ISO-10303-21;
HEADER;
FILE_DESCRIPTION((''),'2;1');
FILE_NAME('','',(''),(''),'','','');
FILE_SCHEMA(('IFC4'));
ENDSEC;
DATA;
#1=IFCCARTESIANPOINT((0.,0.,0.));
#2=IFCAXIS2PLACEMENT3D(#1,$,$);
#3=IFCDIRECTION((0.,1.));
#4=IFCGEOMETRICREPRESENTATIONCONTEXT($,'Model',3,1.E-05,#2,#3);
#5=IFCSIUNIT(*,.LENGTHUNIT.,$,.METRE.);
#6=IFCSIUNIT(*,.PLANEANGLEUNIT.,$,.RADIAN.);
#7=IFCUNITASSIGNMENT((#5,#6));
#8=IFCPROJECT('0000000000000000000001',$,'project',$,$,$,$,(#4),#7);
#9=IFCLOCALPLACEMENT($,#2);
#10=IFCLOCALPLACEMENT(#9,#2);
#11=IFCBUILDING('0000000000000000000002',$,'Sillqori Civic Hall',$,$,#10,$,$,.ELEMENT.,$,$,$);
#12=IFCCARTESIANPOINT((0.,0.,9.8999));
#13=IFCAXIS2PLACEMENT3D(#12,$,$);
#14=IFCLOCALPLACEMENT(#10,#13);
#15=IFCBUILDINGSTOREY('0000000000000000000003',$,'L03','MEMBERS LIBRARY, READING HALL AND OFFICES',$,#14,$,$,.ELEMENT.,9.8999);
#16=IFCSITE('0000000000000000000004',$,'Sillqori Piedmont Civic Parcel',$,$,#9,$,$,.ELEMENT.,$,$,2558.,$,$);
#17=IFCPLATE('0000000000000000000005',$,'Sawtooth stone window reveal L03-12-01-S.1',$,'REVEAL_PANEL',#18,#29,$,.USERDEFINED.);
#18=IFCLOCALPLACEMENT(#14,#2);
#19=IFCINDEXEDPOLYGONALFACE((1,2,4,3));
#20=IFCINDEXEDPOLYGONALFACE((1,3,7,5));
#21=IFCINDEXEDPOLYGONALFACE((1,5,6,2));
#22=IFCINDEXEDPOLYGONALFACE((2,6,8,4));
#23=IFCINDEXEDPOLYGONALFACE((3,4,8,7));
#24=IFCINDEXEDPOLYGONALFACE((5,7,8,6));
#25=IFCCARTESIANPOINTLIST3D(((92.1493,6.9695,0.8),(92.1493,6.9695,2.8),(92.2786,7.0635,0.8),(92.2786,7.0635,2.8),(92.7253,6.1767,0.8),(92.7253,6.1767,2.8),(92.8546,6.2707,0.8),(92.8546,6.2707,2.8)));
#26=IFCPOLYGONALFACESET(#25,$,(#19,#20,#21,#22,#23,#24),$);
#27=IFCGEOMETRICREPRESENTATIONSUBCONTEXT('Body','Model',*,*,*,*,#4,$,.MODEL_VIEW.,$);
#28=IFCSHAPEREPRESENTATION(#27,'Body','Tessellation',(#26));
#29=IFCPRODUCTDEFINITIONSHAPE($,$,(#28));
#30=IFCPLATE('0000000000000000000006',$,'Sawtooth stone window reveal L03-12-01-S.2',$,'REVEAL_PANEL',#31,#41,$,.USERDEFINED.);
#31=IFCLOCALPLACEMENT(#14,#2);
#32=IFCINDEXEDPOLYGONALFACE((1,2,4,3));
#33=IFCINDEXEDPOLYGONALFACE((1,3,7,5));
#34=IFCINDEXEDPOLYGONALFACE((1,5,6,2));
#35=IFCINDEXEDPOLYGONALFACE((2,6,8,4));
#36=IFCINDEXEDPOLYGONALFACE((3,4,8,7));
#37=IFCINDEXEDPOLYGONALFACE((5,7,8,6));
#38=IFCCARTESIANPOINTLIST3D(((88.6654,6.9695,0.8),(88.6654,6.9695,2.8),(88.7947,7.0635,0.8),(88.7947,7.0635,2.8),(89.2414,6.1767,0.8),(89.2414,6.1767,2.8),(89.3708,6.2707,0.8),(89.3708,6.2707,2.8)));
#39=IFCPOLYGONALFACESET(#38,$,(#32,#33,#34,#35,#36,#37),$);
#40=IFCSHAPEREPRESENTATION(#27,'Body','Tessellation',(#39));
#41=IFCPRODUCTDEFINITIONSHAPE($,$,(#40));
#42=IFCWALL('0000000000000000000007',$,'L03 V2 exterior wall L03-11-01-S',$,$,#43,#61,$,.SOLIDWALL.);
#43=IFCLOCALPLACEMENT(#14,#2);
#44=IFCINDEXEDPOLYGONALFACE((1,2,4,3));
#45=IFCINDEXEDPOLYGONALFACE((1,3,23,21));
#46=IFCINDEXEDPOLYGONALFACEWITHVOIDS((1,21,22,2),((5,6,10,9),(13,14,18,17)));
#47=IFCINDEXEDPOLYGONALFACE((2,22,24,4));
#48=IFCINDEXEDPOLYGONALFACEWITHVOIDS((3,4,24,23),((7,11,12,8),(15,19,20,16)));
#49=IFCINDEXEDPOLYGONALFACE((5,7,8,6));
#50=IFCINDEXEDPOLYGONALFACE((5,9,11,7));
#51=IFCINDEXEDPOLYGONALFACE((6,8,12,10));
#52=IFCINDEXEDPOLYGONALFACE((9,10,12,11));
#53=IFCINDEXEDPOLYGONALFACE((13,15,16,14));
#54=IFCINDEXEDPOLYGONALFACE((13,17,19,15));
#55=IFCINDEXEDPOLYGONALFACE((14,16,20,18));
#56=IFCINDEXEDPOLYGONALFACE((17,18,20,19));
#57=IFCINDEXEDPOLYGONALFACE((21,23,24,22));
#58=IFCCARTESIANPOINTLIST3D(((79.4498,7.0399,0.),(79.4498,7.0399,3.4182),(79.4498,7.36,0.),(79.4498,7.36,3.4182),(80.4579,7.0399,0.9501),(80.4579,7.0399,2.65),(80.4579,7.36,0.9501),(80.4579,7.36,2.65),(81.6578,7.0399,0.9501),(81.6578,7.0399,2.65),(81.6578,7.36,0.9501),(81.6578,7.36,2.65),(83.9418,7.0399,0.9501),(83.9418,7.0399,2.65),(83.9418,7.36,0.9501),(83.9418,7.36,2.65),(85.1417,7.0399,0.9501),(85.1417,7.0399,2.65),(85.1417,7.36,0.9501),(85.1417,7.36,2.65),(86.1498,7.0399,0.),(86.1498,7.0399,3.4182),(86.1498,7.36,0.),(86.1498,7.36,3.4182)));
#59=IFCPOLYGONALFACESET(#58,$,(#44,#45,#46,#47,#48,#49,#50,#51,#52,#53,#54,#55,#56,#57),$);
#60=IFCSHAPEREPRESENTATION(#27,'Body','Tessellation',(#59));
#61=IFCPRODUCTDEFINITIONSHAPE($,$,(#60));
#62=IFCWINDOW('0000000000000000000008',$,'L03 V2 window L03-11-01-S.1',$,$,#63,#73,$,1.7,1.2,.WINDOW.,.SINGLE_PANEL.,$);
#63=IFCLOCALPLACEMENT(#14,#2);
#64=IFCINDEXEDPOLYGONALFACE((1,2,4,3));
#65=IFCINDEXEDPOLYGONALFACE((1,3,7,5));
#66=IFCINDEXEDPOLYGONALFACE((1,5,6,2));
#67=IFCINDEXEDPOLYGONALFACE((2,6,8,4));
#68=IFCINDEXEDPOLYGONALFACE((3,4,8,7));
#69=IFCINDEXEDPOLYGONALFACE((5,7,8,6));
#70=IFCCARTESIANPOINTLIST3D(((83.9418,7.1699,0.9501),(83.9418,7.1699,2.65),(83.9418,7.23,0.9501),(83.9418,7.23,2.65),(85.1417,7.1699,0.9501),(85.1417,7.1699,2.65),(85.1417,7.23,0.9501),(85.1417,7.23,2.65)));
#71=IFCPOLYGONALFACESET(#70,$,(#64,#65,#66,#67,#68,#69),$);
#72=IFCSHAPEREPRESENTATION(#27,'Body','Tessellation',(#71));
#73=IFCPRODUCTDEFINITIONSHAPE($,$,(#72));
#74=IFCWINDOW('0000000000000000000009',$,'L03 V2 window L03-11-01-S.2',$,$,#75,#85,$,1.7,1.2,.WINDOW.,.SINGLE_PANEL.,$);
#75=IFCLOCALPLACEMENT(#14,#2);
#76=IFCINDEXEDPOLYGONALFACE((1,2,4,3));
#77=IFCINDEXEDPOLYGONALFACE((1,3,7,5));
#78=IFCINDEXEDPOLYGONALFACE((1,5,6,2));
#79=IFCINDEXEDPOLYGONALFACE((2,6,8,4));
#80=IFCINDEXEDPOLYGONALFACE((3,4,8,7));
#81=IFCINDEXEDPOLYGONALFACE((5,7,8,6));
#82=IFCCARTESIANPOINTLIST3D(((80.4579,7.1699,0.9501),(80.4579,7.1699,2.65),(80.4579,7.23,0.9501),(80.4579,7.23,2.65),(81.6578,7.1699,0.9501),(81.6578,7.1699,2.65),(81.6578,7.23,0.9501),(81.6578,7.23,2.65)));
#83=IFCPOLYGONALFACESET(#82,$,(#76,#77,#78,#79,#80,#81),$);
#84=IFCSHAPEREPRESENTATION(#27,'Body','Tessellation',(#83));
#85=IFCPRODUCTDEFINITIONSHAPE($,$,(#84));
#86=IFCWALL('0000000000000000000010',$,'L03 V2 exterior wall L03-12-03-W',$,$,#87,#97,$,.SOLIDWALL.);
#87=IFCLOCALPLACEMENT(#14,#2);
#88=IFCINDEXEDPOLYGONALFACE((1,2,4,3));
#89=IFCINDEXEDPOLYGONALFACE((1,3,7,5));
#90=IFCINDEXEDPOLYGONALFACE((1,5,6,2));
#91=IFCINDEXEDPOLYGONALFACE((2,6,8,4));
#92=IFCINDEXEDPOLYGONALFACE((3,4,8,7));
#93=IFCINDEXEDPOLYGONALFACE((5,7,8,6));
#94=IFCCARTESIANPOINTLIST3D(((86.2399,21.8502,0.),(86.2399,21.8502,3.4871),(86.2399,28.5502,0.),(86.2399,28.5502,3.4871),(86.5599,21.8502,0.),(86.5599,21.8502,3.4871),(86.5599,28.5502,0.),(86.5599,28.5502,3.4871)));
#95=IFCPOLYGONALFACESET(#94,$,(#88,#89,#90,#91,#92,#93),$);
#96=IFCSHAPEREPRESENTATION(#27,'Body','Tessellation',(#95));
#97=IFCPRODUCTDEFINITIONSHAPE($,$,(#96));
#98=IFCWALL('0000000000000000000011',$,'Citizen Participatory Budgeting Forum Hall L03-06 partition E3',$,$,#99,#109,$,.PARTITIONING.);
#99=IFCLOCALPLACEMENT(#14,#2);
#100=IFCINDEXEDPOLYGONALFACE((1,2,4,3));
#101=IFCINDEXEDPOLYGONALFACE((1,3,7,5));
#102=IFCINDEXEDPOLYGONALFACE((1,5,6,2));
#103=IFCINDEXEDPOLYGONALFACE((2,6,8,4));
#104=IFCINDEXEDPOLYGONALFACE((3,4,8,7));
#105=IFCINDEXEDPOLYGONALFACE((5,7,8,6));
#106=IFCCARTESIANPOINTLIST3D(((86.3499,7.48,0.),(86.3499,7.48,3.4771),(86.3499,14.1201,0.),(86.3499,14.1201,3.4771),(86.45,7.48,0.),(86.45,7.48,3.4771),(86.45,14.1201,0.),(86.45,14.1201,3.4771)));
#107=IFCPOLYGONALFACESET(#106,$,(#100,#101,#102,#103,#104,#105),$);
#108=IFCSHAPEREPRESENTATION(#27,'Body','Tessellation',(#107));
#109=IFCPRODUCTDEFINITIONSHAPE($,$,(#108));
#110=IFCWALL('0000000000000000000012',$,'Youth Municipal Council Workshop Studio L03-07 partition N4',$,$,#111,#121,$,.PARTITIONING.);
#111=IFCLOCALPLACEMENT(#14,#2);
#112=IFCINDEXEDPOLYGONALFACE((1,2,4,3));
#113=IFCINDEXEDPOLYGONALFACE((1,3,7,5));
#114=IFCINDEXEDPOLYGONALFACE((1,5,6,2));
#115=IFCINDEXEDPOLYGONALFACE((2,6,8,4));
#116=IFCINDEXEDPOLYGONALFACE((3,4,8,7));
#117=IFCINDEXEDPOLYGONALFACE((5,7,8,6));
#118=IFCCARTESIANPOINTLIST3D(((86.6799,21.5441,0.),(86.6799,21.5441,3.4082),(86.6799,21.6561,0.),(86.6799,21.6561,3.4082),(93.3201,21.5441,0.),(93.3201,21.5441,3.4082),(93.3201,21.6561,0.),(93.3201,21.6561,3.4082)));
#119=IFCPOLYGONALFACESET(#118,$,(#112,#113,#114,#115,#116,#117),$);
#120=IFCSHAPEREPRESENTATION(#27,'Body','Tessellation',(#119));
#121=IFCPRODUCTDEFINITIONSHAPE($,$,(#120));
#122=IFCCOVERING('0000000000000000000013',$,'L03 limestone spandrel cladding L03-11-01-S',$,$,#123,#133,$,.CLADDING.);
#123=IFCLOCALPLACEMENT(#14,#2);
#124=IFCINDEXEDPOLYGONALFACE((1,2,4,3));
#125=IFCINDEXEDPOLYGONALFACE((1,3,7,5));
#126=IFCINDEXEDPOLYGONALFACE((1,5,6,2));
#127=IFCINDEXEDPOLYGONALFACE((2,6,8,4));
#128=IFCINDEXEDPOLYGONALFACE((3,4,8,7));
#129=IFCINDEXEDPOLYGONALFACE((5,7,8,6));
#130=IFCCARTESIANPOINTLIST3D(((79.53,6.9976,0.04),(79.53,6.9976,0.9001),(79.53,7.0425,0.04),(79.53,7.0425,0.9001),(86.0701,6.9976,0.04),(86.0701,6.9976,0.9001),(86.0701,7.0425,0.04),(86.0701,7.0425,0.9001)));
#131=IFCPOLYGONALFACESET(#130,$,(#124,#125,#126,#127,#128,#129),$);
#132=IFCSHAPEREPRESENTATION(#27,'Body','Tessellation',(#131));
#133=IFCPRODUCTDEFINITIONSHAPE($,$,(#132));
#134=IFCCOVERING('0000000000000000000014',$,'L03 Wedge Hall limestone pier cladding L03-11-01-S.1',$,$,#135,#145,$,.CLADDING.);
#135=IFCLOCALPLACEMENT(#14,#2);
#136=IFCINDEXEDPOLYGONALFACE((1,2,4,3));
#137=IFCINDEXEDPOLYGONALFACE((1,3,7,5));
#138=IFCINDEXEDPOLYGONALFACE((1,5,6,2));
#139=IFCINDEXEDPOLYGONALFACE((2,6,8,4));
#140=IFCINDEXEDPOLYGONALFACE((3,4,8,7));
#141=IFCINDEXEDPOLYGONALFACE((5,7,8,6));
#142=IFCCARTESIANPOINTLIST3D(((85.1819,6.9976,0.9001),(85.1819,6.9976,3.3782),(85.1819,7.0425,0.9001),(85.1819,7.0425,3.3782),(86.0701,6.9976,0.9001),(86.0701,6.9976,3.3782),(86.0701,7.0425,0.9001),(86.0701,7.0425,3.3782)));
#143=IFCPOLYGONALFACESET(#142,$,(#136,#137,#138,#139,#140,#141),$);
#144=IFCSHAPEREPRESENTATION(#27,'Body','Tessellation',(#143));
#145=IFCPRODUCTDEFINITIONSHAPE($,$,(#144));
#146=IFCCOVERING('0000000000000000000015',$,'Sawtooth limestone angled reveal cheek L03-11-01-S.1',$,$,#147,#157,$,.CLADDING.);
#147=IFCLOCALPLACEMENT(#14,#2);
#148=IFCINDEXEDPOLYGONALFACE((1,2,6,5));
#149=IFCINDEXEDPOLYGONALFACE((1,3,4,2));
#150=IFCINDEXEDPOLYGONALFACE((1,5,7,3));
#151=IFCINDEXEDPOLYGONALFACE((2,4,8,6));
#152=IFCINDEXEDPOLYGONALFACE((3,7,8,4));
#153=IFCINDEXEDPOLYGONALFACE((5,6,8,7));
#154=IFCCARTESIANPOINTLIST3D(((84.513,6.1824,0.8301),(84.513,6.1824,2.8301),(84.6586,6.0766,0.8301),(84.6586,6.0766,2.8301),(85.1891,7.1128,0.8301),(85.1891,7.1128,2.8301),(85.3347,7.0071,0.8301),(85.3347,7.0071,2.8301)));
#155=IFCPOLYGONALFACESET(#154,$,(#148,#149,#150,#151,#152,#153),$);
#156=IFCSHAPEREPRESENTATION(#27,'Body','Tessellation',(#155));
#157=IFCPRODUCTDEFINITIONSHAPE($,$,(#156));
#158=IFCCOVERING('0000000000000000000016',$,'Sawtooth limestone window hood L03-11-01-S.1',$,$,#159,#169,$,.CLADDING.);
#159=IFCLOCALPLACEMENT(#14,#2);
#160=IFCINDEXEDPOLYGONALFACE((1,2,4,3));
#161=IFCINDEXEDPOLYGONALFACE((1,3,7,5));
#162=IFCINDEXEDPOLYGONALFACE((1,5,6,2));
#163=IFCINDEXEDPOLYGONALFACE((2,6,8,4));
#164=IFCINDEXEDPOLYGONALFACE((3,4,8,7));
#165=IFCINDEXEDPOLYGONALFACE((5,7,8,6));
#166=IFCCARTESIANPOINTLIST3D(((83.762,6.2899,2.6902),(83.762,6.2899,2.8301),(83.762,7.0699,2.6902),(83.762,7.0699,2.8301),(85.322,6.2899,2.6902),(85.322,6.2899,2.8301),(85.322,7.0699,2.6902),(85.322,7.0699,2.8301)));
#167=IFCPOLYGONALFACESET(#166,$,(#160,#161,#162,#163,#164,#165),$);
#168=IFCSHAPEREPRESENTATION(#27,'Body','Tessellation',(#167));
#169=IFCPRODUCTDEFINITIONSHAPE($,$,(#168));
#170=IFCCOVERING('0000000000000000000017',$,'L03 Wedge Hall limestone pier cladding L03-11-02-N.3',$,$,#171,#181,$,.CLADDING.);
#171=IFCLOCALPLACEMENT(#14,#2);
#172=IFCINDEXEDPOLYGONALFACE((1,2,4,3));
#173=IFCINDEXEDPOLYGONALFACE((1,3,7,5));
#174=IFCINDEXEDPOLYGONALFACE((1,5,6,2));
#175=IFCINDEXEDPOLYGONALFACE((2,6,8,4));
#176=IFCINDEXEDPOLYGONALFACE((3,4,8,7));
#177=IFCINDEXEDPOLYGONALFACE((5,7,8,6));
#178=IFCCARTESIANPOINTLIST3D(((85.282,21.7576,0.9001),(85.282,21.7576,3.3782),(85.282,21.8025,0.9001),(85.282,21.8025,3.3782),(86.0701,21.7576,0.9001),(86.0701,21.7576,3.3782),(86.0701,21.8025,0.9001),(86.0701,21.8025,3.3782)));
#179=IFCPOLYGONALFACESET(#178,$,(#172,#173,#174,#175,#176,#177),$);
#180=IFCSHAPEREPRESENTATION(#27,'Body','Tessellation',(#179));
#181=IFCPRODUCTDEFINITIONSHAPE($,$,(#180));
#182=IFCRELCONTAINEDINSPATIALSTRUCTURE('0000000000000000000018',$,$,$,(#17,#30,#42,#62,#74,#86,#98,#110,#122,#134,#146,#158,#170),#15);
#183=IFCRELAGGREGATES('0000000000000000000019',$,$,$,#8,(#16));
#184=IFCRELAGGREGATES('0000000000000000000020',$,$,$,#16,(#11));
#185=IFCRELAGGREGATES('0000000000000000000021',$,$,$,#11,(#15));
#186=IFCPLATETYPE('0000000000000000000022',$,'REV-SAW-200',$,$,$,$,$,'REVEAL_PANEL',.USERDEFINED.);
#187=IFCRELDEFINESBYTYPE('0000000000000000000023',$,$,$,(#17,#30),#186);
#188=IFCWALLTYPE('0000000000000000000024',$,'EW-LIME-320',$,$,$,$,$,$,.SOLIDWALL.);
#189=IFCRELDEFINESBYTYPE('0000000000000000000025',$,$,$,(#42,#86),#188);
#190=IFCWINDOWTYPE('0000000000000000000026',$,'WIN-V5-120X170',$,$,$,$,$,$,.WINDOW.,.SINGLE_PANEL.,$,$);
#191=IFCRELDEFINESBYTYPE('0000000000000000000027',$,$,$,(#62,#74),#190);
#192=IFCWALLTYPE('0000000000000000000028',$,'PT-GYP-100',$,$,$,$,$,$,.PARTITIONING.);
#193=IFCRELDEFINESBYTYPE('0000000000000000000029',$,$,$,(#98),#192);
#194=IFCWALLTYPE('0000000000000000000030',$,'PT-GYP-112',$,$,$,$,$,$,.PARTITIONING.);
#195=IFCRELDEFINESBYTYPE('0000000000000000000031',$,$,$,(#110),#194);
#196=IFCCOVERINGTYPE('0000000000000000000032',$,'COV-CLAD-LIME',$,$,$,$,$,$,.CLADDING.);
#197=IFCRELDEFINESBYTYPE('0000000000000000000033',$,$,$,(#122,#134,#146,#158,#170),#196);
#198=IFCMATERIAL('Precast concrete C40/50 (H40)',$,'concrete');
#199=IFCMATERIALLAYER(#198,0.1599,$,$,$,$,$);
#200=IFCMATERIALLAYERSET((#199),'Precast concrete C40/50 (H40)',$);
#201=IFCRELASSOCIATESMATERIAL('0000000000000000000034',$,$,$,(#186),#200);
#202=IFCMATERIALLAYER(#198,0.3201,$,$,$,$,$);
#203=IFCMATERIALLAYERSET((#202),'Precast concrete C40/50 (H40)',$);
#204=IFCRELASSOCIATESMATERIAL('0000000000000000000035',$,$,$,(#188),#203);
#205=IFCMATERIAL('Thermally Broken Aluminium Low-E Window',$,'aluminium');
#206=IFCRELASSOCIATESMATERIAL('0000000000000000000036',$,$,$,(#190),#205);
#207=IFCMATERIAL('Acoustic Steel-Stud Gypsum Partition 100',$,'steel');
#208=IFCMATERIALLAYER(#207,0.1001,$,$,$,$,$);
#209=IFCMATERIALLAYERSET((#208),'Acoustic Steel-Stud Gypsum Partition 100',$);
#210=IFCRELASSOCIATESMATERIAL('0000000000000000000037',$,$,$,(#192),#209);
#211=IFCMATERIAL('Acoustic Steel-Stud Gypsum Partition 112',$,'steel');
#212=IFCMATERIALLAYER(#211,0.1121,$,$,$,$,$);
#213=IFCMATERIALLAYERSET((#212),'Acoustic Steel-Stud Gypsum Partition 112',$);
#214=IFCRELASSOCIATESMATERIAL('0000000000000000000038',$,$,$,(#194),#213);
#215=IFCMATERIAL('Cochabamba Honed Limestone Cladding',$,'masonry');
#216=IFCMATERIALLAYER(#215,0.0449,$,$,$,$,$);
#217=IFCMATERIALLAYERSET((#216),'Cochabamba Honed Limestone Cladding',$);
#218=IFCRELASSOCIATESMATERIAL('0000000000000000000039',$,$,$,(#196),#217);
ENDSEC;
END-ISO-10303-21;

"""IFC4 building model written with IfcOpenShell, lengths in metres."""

from ifc_helpers import new_model, si_unit, direction, frame, frame_2d, origin, origin_2d, place, context, subcontext, project, spatial, rectangle, extrude, material, layer, layer_set, type_object, element, fill, save


model = new_model("IFC4")

# Units and contexts
model_context = context("Model", 3, precision=1e-05, world=origin(), true_north=direction((0.0, 1.0)))
body_context = subcontext(model_context, "Body", "Model", "MODEL_VIEW")
ifc_project = project(units=[si_unit("LENGTHUNIT", "METRE"), si_unit("PLANEANGLEUNIT", "RADIAN")], contexts=[model_context])

# Site, building, storey
site_placement = place(None, origin())
site = spatial("IfcSite", under=ifc_project, at=site_placement, Name="Sillqori Piedmont Civic Parcel", CompositionType="ELEMENT", RefElevation=2558.0)
building_placement = place(site_placement, origin())
building = spatial("IfcBuilding", under=site, at=building_placement, Name="Sillqori Civic Hall", CompositionType="ELEMENT")
storey_placement = place(building_placement, frame((0.0, 0.0, 9.8999)))
storey = spatial("IfcBuildingStorey", under=building, at=storey_placement, Name="L03", Description="MEMBERS LIBRARY, READING HALL AND OFFICES", CompositionType="ELEMENT", Elevation=9.8999)

# Plates
ifc_material_1 = material(Name="Precast concrete C40/50 (H40)", Category="concrete")
ifc_layer_1 = layer(ifc_material_1, 0.1599)
ifc_layer_set_1 = layer_set([ifc_layer_1], Name="Precast concrete C40/50 (H40)")
plate_type = type_object("IfcPlateType", Name="REV-SAW-200", ElementType="REVEAL_PANEL", PredefinedType="USERDEFINED", material=ifc_layer_set_1)
for number, where, z_axis, x_axis, name in (
    (1, (92.502, 6.6201, 0.8), (0.0, 0.0, 1.0), (-0.809017, -0.587785, 0.0), "Sawtooth stone window reveal L03-12-01-S.1"),
    (2, (89.0181, 6.6201, 0.8), (0.0, 0.0, 1.0), (-0.809017, -0.587785, 0.0), "Sawtooth stone window reveal L03-12-01-S.2"),
):
    element("IfcPlate", number, at=place(storey_placement, frame(where, z_axis=z_axis, x_axis=x_axis)), inside=storey, type_object=plate_type, Name=name, ObjectType="REVEAL_PANEL", PredefinedType="USERDEFINED", context=body_context, shape_type="SweptSolid", body=[
        extrude(rectangle(XDim=0.1599, YDim=0.98, at=origin_2d()), origin(), (0.0, 0.0, 1.0), 2.0),
    ])

# Wall, openings, windows
ifc_layer_2 = layer(ifc_material_1, 0.3201)
ifc_layer_set_2 = layer_set([ifc_layer_2], Name="Precast concrete C40/50 (H40)")
wall_type_1 = type_object("IfcWallType", Name="EW-LIME-320", PredefinedType="SOLIDWALL", material=ifc_layer_set_2)
wall_1_placement = place(storey_placement, frame((86.1499, 7.2, 0.0), z_axis=(0.0, 0.0, 1.0), x_axis=(-1.0, 0.0, 0.0)))
wall_1 = element("IfcWall", 3, at=wall_1_placement, inside=storey, type_object=wall_type_1, Name="L03 V2 exterior wall L03-11-01-S", PredefinedType="SOLIDWALL", context=body_context, shape_type="SweptSolid", body=[
    extrude(rectangle(XDim=6.7, YDim=0.3201, at=frame_2d((3.3501, 0.0))), origin(), (0.0, 0.0, 1.0), 3.4182),
])
opening_1_placement = place(wall_1_placement, frame((1.0081, 0.0, 0.95)))
opening_1 = element("IfcOpeningElement", 4, at=opening_1_placement, cuts=wall_1, PredefinedType="OPENING", context=body_context, shape_type="SweptSolid", body=[
    extrude(rectangle(XDim=1.2, YDim=1.7, at=frame_2d((0.6001, 0.8501))), frame((0.0, 0.1699, 0.0), z_axis=(0.0, -1.0, 0.0), x_axis=(1.0, 0.0, 0.0)), (0.0, 0.0, 1.0), 0.3401),
])
opening_2_placement = place(wall_1_placement, frame((4.4919, 0.0, 0.95)))
opening_2 = element("IfcOpeningElement", 5, at=opening_2_placement, cuts=wall_1, PredefinedType="OPENING", context=body_context, shape_type="SweptSolid", body=[
    extrude(rectangle(XDim=1.2, YDim=1.7, at=frame_2d((0.6001, 0.8501))), frame((0.0, 0.1699, 0.0), z_axis=(0.0, -1.0, 0.0), x_axis=(1.0, 0.0, 0.0)), (0.0, 0.0, 1.0), 0.3401),
])
ifc_material_2 = material(Name="Thermally Broken Aluminium Low-E Window", Category="aluminium")
window_type = type_object("IfcWindowType", Name="WIN-V5-120X170", PartitioningType="SINGLE_PANEL", PredefinedType="WINDOW", material=ifc_material_2)
window_1_placement = place(opening_1_placement, origin())
window_1 = element("IfcWindow", 6, at=window_1_placement, inside=storey, type_object=window_type, Name="L03 V2 window L03-11-01-S.1", OverallHeight=1.7, OverallWidth=1.2, PartitioningType="SINGLE_PANEL", PredefinedType="WINDOW", context=body_context, shape_type="SweptSolid", body=[
    extrude(rectangle(XDim=1.2, YDim=1.7, at=frame_2d((0.6001, 0.8501))), frame((0.0, 0.03, 0.0), z_axis=(0.0, -1.0, 0.0), x_axis=(1.0, 0.0, 0.0)), (0.0, 0.0, 1.0), 0.0601),
])
fill(opening_1, window_1)
window_2_placement = place(opening_2_placement, origin())
window_2 = element("IfcWindow", 7, at=window_2_placement, inside=storey, type_object=window_type, Name="L03 V2 window L03-11-01-S.2", OverallHeight=1.7, OverallWidth=1.2, PartitioningType="SINGLE_PANEL", PredefinedType="WINDOW", context=body_context, shape_type="SweptSolid", body=[
    extrude(rectangle(XDim=1.2, YDim=1.7, at=frame_2d((0.6001, 0.8501))), frame((0.0, 0.03, 0.0), z_axis=(0.0, -1.0, 0.0), x_axis=(1.0, 0.0, 0.0)), (0.0, 0.0, 1.0), 0.0601),
])
fill(opening_2, window_2)

# Walls
wall_2_placement = place(storey_placement, frame((86.3999, 21.8501, 0.0), z_axis=(0.0, 0.0, 1.0), x_axis=(0.0, 1.0, 0.0)))
element("IfcWall", 8, at=wall_2_placement, inside=storey, type_object=wall_type_1, Name="L03 V2 exterior wall L03-12-03-W", PredefinedType="SOLIDWALL", context=body_context, shape_type="SweptSolid", body=[
    extrude(rectangle(XDim=6.7, YDim=0.3201, at=frame_2d((3.3501, 0.0))), origin(), (0.0, 0.0, 1.0), 3.4871),
])
ifc_material_3 = material(Name="Acoustic Steel-Stud Gypsum Partition 100", Category="steel")
ifc_layer_3 = layer(ifc_material_3, 0.1001)
ifc_layer_set_3 = layer_set([ifc_layer_3], Name="Acoustic Steel-Stud Gypsum Partition 100")
wall_type_2 = type_object("IfcWallType", Name="PT-GYP-100", PredefinedType="PARTITIONING", material=ifc_layer_set_3)
wall_3_placement = place(storey_placement, frame((86.3999, 14.1201, 0.0), z_axis=(0.0, 0.0, 1.0), x_axis=(0.0, -1.0, 0.0)))
element("IfcWall", 9, at=wall_3_placement, inside=storey, type_object=wall_type_2, Name="Citizen Participatory Budgeting Forum Hall L03-06 partition E3", PredefinedType="PARTITIONING", context=body_context, shape_type="SweptSolid", body=[
    extrude(rectangle(XDim=6.6401, YDim=0.1001, at=frame_2d((3.3201, 0.0))), origin(), (0.0, 0.0, 1.0), 3.4771),
])
ifc_material_4 = material(Name="Acoustic Steel-Stud Gypsum Partition 112", Category="steel")
ifc_layer_4 = layer(ifc_material_4, 0.1121)
ifc_layer_set_4 = layer_set([ifc_layer_4], Name="Acoustic Steel-Stud Gypsum Partition 112")
wall_type_3 = type_object("IfcWallType", Name="PT-GYP-112", PredefinedType="PARTITIONING", material=ifc_layer_set_4)
wall_4_placement = place(storey_placement, frame((86.6799, 21.6001, 0.0), z_axis=(0.0, 0.0, 1.0), x_axis=(1.0, 0.0, 0.0)))
element("IfcWall", 10, at=wall_4_placement, inside=storey, type_object=wall_type_3, Name="Youth Municipal Council Workshop Studio L03-07 partition N4", PredefinedType="PARTITIONING", context=body_context, shape_type="SweptSolid", body=[
    extrude(rectangle(XDim=6.6401, YDim=0.1121, at=frame_2d((3.3201, 0.0))), origin(), (0.0, 0.0, 1.0), 3.4082),
])

# Coverings
ifc_material_5 = material(Name="Cochabamba Honed Limestone Cladding", Category="masonry")
ifc_layer_5 = layer(ifc_material_5, 0.0449)
ifc_layer_set_5 = layer_set([ifc_layer_5], Name="Cochabamba Honed Limestone Cladding")
covering_type = type_object("IfcCoveringType", Name="COV-CLAD-LIME", PredefinedType="CLADDING", material=ifc_layer_set_5)
covering_1_placement = place(storey_placement, frame((86.0701, 7.02, 0.04), z_axis=(0.0, 0.0, 1.0), x_axis=(-1.0, 0.0, 0.0)))
element("IfcCovering", 11, at=covering_1_placement, inside=storey, type_object=covering_type, Name="L03 limestone spandrel cladding L03-11-01-S", PredefinedType="CLADDING", context=body_context, shape_type="SweptSolid", body=[
    extrude(rectangle(XDim=6.54, YDim=0.0449, at=frame_2d((3.27, 0.0))), origin(), (0.0, 0.0, 1.0), 0.8601),
])
covering_2_placement = place(storey_placement, frame((86.0701, 7.02, 0.9001), z_axis=(0.0, 0.0, 1.0), x_axis=(-1.0, 0.0, 0.0)))
element("IfcCovering", 12, at=covering_2_placement, inside=storey, type_object=covering_type, Name="L03 Wedge Hall limestone pier cladding L03-11-01-S.1", PredefinedType="CLADDING", context=body_context, shape_type="SweptSolid", body=[
    extrude(rectangle(XDim=0.8882, YDim=0.0449, at=frame_2d((0.4441, 0.0))), origin(), (0.0, 0.0, 1.0), 2.478),
])
covering_3_placement = place(storey_placement, frame((85.262, 7.0601, 0.8301), z_axis=(0.0, 0.0, 1.0), x_axis=(-0.587806, -0.809002, 0.0)))
element("IfcCovering", 13, at=covering_3_placement, inside=storey, type_object=covering_type, Name="Sawtooth limestone angled reveal cheek L03-11-01-S.1", PredefinedType="CLADDING", context=body_context, shape_type="SweptSolid", body=[
    extrude(rectangle(XDim=1.1501, YDim=0.1799, at=frame_2d((0.5752, 0.0))), origin(), (0.0, 0.0, 1.0), 2.0),
])
covering_4_placement = place(storey_placement, frame((85.322, 6.6799, 2.6902), z_axis=(0.0, 0.0, 1.0), x_axis=(-1.0, 0.0, 0.0)))
element("IfcCovering", 14, at=covering_4_placement, inside=storey, type_object=covering_type, Name="Sawtooth limestone window hood L03-11-01-S.1", PredefinedType="CLADDING", context=body_context, shape_type="SweptSolid", body=[
    extrude(rectangle(XDim=1.5601, YDim=0.78, at=frame_2d((0.78, 0.0))), origin(), (0.0, 0.0, 1.0), 0.1399),
])
covering_5_placement = place(storey_placement, frame((85.282, 21.78, 0.9001), z_axis=(0.0, 0.0, 1.0), x_axis=(1.0, 0.0, 0.0)))
element("IfcCovering", 15, at=covering_5_placement, inside=storey, type_object=covering_type, Name="L03 Wedge Hall limestone pier cladding L03-11-02-N.3", PredefinedType="CLADDING", context=body_context, shape_type="SweptSolid", body=[
    extrude(rectangle(XDim=0.7881, YDim=0.0449, at=frame_2d((0.394, 0.0))), origin(), (0.0, 0.0, 1.0), 2.478),
])

save(model, "model.ifc")
